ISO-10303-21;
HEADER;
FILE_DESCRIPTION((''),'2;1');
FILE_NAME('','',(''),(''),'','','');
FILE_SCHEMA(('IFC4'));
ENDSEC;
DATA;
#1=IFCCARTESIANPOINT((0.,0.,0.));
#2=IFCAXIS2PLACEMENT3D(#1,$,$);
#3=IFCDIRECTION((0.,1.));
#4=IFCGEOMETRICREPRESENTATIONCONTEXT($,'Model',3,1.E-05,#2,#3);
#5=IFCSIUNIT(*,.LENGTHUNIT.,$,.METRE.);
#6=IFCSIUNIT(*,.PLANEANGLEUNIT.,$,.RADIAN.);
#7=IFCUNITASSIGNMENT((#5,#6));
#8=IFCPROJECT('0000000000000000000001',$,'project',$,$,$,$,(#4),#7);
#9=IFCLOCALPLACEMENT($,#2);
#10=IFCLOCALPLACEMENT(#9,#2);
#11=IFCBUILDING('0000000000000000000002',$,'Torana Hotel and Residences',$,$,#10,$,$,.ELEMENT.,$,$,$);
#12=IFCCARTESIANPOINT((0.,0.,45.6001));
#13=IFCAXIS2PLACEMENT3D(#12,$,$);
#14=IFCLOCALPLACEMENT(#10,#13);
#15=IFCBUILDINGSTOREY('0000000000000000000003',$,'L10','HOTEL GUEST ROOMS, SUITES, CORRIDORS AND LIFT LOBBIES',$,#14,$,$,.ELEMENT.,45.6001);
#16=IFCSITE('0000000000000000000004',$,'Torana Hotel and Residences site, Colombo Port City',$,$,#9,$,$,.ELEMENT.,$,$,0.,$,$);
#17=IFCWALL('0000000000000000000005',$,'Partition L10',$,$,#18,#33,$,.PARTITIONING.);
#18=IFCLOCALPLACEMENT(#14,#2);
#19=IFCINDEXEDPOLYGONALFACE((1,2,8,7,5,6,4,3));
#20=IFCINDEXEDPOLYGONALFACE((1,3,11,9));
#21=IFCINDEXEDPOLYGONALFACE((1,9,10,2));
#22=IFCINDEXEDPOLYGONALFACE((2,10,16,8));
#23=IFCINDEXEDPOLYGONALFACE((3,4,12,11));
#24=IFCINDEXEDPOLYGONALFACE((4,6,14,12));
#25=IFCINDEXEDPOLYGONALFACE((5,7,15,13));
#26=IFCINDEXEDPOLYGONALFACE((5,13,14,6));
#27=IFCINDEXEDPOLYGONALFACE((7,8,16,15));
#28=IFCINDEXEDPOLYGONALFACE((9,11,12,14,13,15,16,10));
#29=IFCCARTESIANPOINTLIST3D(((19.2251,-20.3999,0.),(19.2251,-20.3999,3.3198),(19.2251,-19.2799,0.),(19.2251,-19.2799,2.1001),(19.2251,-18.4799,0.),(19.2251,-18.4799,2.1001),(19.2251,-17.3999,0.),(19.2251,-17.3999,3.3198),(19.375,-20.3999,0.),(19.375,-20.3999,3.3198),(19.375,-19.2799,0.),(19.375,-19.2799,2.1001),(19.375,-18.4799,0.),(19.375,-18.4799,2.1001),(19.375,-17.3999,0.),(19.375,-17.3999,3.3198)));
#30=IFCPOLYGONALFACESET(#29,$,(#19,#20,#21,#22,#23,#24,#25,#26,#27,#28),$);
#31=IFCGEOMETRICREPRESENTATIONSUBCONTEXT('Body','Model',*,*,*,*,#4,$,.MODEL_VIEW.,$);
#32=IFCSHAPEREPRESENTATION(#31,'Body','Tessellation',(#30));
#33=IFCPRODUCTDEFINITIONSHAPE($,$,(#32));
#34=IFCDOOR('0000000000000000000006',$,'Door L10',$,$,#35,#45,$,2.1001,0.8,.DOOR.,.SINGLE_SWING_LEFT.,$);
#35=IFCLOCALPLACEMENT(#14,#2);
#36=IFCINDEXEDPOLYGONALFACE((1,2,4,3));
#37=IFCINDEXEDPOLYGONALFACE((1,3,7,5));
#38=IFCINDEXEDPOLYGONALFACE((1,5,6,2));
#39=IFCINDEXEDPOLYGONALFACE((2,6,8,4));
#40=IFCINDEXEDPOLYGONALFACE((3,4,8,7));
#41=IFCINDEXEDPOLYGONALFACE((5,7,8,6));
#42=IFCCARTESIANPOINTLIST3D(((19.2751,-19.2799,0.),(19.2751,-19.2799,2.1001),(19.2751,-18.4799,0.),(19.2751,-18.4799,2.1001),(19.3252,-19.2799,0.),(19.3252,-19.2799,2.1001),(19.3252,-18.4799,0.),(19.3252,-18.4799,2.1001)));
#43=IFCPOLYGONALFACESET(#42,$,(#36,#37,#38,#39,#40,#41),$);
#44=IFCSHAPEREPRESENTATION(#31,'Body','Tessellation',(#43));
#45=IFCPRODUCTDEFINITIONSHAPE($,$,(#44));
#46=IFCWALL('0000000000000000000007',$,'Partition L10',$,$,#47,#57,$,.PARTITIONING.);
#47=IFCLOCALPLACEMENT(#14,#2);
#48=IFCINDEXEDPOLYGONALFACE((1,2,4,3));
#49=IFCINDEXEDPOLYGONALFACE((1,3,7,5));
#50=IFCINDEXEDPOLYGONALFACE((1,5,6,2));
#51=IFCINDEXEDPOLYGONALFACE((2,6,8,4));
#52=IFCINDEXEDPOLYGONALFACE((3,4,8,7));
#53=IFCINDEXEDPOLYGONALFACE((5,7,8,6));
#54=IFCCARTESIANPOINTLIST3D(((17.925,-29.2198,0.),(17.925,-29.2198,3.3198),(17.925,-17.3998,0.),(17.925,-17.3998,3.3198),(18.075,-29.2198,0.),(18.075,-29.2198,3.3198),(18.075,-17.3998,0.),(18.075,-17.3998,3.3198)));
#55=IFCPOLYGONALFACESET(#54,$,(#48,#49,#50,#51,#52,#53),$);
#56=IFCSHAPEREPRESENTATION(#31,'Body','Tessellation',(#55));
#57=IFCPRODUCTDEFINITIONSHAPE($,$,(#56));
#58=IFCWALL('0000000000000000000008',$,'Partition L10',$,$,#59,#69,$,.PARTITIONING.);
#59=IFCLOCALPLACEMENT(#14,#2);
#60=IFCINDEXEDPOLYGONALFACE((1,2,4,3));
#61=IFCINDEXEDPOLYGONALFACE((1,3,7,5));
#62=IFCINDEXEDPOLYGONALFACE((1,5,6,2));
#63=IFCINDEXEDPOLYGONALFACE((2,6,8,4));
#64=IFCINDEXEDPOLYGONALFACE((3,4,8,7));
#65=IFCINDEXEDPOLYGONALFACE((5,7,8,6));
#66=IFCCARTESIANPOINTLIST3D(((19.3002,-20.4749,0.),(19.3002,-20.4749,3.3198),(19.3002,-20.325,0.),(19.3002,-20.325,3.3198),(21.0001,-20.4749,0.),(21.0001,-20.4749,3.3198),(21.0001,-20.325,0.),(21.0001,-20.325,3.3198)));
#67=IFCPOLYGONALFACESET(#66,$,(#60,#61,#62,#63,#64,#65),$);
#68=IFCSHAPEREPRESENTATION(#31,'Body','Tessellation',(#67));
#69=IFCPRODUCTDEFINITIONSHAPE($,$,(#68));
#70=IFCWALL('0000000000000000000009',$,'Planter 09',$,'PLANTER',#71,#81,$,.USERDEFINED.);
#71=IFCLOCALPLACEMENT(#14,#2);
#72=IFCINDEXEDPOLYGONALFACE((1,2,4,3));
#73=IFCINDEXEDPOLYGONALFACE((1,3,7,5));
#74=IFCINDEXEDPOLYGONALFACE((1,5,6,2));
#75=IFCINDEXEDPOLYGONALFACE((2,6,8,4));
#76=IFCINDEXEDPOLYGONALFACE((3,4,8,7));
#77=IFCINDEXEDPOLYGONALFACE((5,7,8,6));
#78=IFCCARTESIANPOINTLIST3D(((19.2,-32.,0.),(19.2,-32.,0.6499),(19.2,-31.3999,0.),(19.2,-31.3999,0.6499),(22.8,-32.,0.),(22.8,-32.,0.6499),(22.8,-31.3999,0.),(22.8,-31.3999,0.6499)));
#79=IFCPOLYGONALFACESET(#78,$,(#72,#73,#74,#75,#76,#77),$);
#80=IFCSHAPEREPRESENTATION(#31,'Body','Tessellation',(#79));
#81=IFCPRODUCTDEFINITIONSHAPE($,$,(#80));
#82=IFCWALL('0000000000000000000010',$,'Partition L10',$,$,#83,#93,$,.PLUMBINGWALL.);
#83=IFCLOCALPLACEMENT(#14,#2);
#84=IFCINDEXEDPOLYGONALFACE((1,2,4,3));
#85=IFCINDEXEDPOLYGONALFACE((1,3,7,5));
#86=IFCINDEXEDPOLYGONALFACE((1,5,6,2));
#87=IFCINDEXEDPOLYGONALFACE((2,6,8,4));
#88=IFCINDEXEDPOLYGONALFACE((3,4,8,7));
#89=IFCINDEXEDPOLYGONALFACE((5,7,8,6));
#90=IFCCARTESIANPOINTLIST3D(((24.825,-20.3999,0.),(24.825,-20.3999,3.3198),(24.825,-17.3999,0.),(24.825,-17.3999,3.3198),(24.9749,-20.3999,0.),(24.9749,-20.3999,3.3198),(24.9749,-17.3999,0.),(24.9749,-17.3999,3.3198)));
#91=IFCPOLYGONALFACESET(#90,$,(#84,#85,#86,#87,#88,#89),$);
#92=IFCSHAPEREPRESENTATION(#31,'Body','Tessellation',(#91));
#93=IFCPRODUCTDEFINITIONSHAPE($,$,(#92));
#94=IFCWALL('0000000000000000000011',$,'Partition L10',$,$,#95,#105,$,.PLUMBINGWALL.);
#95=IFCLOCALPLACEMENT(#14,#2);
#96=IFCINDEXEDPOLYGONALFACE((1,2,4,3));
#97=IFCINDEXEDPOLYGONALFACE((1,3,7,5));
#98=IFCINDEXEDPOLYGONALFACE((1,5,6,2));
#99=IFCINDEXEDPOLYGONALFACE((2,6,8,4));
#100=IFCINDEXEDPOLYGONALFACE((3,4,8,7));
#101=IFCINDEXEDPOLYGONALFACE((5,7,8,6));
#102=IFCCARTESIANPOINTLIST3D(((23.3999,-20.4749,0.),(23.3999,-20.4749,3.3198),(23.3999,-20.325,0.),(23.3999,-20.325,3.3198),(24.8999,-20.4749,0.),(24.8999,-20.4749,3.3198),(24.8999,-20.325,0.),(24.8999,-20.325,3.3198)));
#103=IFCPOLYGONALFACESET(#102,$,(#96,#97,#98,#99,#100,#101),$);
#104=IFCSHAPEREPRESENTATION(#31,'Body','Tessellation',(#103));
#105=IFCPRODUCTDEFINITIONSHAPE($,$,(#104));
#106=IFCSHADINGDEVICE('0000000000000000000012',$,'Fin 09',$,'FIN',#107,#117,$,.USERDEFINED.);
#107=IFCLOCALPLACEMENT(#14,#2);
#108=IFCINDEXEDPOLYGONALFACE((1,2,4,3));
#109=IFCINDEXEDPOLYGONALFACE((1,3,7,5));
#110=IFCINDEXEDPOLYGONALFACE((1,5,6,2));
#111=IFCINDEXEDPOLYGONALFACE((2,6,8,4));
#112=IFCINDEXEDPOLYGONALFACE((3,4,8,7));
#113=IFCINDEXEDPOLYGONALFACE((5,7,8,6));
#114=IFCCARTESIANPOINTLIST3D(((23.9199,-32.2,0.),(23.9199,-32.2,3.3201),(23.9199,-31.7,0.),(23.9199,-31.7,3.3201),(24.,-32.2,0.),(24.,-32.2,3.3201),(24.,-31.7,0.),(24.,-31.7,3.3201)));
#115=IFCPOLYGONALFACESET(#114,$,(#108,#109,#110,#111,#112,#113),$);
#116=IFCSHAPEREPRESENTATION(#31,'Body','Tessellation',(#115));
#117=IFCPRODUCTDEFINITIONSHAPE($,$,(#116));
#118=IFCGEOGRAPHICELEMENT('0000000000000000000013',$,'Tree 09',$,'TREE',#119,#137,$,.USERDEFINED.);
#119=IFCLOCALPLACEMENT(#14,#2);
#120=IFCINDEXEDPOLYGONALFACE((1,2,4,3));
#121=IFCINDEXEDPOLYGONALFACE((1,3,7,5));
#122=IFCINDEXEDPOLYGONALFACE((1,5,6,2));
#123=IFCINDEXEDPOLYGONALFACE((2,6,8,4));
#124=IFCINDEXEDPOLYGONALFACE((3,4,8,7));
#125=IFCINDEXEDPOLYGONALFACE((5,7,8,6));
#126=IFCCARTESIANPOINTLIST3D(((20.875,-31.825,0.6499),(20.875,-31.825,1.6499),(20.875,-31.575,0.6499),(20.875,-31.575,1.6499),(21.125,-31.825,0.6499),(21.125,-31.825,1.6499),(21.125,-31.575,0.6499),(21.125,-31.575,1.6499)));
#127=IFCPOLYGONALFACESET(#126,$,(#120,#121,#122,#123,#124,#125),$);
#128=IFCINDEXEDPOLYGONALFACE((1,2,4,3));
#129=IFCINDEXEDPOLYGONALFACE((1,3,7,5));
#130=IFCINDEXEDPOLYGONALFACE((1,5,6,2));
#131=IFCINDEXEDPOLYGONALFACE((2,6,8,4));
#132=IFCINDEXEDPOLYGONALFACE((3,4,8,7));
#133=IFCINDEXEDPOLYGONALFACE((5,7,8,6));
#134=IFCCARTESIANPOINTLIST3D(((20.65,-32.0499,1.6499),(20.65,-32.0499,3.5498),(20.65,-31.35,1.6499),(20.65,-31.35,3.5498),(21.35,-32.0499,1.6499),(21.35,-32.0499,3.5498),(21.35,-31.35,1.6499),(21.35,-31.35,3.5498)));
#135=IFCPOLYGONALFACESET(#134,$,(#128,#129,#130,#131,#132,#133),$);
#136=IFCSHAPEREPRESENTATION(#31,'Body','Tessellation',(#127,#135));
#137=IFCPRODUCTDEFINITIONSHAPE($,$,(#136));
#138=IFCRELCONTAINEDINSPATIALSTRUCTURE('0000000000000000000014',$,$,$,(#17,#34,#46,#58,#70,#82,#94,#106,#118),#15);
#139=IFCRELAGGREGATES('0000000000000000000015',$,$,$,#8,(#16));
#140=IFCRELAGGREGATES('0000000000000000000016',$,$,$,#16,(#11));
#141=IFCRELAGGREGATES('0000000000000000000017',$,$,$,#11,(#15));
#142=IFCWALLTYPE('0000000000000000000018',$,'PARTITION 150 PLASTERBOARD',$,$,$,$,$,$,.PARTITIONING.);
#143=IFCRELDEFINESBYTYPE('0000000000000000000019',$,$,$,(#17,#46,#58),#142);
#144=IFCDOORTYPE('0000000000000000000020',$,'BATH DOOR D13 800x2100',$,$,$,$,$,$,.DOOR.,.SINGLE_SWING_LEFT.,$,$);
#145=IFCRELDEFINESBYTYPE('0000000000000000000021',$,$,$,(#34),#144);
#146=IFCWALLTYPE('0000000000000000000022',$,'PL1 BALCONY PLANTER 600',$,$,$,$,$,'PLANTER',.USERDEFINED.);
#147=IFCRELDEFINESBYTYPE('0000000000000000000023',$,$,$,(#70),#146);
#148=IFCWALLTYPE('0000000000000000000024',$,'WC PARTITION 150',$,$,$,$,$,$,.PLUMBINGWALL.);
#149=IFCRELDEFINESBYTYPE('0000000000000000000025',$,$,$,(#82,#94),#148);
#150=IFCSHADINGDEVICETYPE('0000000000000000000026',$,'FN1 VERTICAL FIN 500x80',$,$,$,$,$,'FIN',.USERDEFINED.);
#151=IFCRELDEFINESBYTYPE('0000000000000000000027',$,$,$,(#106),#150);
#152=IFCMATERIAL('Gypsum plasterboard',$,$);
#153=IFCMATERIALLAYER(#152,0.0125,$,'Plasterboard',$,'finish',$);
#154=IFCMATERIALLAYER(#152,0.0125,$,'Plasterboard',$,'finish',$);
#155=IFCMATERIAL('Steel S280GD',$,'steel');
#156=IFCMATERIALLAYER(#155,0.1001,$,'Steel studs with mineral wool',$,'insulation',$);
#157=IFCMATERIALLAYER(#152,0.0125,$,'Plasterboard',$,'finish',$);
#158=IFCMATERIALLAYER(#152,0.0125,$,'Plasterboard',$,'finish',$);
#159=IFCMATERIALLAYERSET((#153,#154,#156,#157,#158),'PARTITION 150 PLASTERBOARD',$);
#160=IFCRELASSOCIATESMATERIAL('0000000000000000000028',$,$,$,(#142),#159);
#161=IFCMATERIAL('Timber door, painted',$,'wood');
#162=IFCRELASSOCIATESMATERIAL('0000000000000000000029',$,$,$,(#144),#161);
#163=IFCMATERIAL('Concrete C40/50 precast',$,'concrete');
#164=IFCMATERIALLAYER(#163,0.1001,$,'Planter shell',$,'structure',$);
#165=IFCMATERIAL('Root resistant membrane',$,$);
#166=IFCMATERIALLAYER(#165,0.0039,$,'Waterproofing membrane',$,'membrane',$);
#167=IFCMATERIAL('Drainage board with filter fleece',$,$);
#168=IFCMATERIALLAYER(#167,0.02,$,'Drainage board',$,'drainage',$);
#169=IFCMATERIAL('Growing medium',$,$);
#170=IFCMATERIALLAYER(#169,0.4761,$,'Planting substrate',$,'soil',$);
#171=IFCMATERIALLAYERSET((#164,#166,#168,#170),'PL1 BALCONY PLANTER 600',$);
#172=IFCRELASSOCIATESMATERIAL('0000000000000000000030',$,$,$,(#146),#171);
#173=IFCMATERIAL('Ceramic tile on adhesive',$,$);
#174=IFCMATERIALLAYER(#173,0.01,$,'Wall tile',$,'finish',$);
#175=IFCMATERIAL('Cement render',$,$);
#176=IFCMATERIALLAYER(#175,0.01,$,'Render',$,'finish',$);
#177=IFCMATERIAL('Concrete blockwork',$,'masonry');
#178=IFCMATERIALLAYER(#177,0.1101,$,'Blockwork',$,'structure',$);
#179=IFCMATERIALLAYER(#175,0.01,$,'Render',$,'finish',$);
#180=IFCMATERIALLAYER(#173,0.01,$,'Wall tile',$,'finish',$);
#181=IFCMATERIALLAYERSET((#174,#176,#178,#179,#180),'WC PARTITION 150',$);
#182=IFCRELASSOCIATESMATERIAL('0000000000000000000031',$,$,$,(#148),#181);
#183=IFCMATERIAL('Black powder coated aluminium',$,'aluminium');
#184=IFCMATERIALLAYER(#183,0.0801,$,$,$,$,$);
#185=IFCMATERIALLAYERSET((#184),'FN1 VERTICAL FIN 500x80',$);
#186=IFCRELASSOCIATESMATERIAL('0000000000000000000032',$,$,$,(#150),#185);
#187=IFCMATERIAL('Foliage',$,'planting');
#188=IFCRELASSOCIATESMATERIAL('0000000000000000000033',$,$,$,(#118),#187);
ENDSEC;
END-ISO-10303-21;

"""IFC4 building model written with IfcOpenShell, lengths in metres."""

from ifc_helpers import new_model, si_unit, direction, frame, frame_2d, origin, origin_2d, place, context, subcontext, project, spatial, rectangle, extrude, material, layer, layer_set, type_object, element, fill, save


model = new_model("IFC4")

# Units and contexts
model_context = context("Model", 3, precision=1e-05, world=origin(), true_north=direction((0.0, 1.0)))
body_context = subcontext(model_context, "Body", "Model", "MODEL_VIEW")
ifc_project = project(units=[si_unit("LENGTHUNIT", "METRE"), si_unit("PLANEANGLEUNIT", "RADIAN")], contexts=[model_context])

# Site, building, storey
site_placement = place(None, origin())
site = spatial("IfcSite", under=ifc_project, at=site_placement, Name="Torana Hotel and Residences site, Colombo Port City", CompositionType="ELEMENT", RefElevation=0.0)
building_placement = place(site_placement, origin())
building = spatial("IfcBuilding", under=site, at=building_placement, Name="Torana Hotel and Residences", CompositionType="ELEMENT")
storey_placement = place(building_placement, frame((0.0, 0.0, 45.6001)))
storey = spatial("IfcBuildingStorey", under=building, at=storey_placement, Name="L10", Description="HOTEL GUEST ROOMS, SUITES, CORRIDORS AND LIFT LOBBIES", CompositionType="ELEMENT", Elevation=45.6001)

# Shared definitions
ifc_material_1 = material(Name="Concrete blockwork", Category="masonry")

# Shared definitions
ifc_material_2 = material(Name="Gypsum plasterboard")
ifc_layer_1 = layer(ifc_material_2, 0.0125, Name="Plasterboard", Category="finish")
ifc_layer_2 = layer(ifc_material_2, 0.0125, Name="Plasterboard", Category="finish")
ifc_material_3 = material(Name="Steel S280GD", Category="steel")
ifc_layer_3 = layer(ifc_material_3, 0.1001, Name="Steel studs with mineral wool", Category="insulation")
ifc_layer_4 = layer(ifc_material_2, 0.0125, Name="Plasterboard", Category="finish")
ifc_layer_5 = layer(ifc_material_2, 0.0125, Name="Plasterboard", Category="finish")
ifc_layer_set_1 = layer_set([ifc_layer_1, ifc_layer_2, ifc_layer_3, ifc_layer_4, ifc_layer_5], Name="PARTITION 150 PLASTERBOARD")
wall_type_1 = type_object("IfcWallType", Name="PARTITION 150 PLASTERBOARD", PredefinedType="PARTITIONING", material=ifc_layer_set_1)

# Wall, opening, door
wall_1_placement = place(storey_placement, frame((19.3, -20.3999, 0.0), z_axis=(0.0, 0.0, 1.0), x_axis=(0.0, 1.0, 0.0)))
wall_1 = element("IfcWall", 1, at=wall_1_placement, inside=storey, type_object=wall_type_1, Name="Partition L10", PredefinedType="PARTITIONING", context=body_context, shape_type="SweptSolid", body=[
    extrude(rectangle(XDim=3.0, YDim=0.1499, at=frame_2d((1.5, 0.0))), origin(), (0.0, 0.0, 1.0), 3.3198),
])
opening_1_placement = place(wall_1_placement, frame((1.1201, 0.0, 0.0)))
opening_1 = element("IfcOpeningElement", 2, at=opening_1_placement, cuts=wall_1, PredefinedType="OPENING", context=body_context, shape_type="SweptSolid", body=[
    extrude(rectangle(XDim=0.8, YDim=2.1001, at=frame_2d((0.3999, 1.05))), frame((0.0, 0.085, 0.0), z_axis=(0.0, -1.0, 0.0), x_axis=(1.0, 0.0, 0.0)), (0.0, 0.0, 1.0), 0.1699),
])
ifc_material_4 = material(Name="Timber door, painted", Category="wood")
door_type_1 = type_object("IfcDoorType", Name="BATH DOOR D13 800x2100", OperationType="SINGLE_SWING_LEFT", PredefinedType="DOOR", material=ifc_material_4)
door_1_placement = place(opening_1_placement, origin())
door_1 = element("IfcDoor", 3, at=door_1_placement, inside=storey, type_object=door_type_1, Name="Door L10", OperationType="SINGLE_SWING_LEFT", OverallHeight=2.1001, OverallWidth=0.8, PredefinedType="DOOR", context=body_context, shape_type="SweptSolid", body=[
    extrude(rectangle(XDim=0.8, YDim=2.1001, at=frame_2d((0.3999, 1.05))), frame((0.0, 0.0249, 0.0), z_axis=(0.0, -1.0, 0.0), x_axis=(1.0, 0.0, 0.0)), (0.0, 0.0, 1.0), 0.05),
])
fill(opening_1, door_1)

# Walls
wall_2_placement = place(storey_placement, frame((18.0, -29.22, 0.0), z_axis=(0.0, 0.0, 1.0), x_axis=(0.0, 1.0, 0.0)))
element("IfcWall", 4, at=wall_2_placement, inside=storey, type_object=wall_type_1, Name="Partition L10", PredefinedType="PARTITIONING", context=body_context, shape_type="SweptSolid", body=[
    extrude(rectangle(XDim=11.8201, YDim=0.1499, at=frame_2d((5.9102, 0.0))), origin(), (0.0, 0.0, 1.0), 3.3198),
])
wall_3_placement = place(storey_placement, frame((19.3, -20.3999, 0.0), z_axis=(0.0, 0.0, 1.0), x_axis=(1.0, 0.0, 0.0)))
element("IfcWall", 5, at=wall_3_placement, inside=storey, type_object=wall_type_1, Name="Partition L10", PredefinedType="PARTITIONING", context=body_context, shape_type="SweptSolid", body=[
    extrude(rectangle(XDim=1.7, YDim=0.1499, at=frame_2d((0.8501, 0.0))), origin(), (0.0, 0.0, 1.0), 3.3198),
])
ifc_material_5 = material(Name="Concrete C40/50 precast", Category="concrete")
ifc_layer_6 = layer(ifc_material_5, 0.1001, Name="Planter shell", Category="structure")
ifc_material_6 = material(Name="Root resistant membrane")
ifc_layer_7 = layer(ifc_material_6, 0.0039, Name="Waterproofing membrane", Category="membrane")
ifc_material_7 = material(Name="Drainage board with filter fleece")
ifc_layer_8 = layer(ifc_material_7, 0.02, Name="Drainage board", Category="drainage")
ifc_material_8 = material(Name="Growing medium")
ifc_layer_9 = layer(ifc_material_8, 0.4761, Name="Planting substrate", Category="soil")
ifc_layer_set_2 = layer_set([ifc_layer_6, ifc_layer_7, ifc_layer_8, ifc_layer_9], Name="PL1 BALCONY PLANTER 600")
wall_type_2 = type_object("IfcWallType", Name="PL1 BALCONY PLANTER 600", ElementType="PLANTER", PredefinedType="USERDEFINED", material=ifc_layer_set_2)
wall_4_placement = place(storey_placement, frame((22.8, -31.7, 0.0), z_axis=(0.0, 0.0, 1.0), x_axis=(-1.0, 0.0, 0.0)))
element("IfcWall", 6, at=wall_4_placement, inside=storey, type_object=wall_type_2, Name="Planter 09", ObjectType="PLANTER", PredefinedType="USERDEFINED", context=body_context, shape_type="SweptSolid", body=[
    extrude(rectangle(XDim=3.6001, YDim=0.6001, at=frame_2d((1.8, 0.0))), origin(), (0.0, 0.0, 1.0), 0.6499),
])
ifc_material_9 = material(Name="Ceramic tile on adhesive")
ifc_layer_10 = layer(ifc_material_9, 0.01, Name="Wall tile", Category="finish")
ifc_material_10 = material(Name="Cement render")
ifc_layer_11 = layer(ifc_material_10, 0.01, Name="Render", Category="finish")
ifc_layer_12 = layer(ifc_material_1, 0.1101, Name="Blockwork", Category="structure")
ifc_layer_13 = layer(ifc_material_10, 0.01, Name="Render", Category="finish")
ifc_layer_14 = layer(ifc_material_9, 0.01, Name="Wall tile", Category="finish")
ifc_layer_set_3 = layer_set([ifc_layer_10, ifc_layer_11, ifc_layer_12, ifc_layer_13, ifc_layer_14], Name="WC PARTITION 150")
wall_type_3 = type_object("IfcWallType", Name="WC PARTITION 150", PredefinedType="PLUMBINGWALL", material=ifc_layer_set_3)
wall_5_placement = place(storey_placement, frame((24.8999, -20.3999, 0.0), z_axis=(0.0, 0.0, 1.0), x_axis=(0.0, 1.0, 0.0)))
element("IfcWall", 7, at=wall_5_placement, inside=storey, type_object=wall_type_3, Name="Partition L10", PredefinedType="PLUMBINGWALL", context=body_context, shape_type="SweptSolid", body=[
    extrude(rectangle(XDim=3.0, YDim=0.1499, at=frame_2d((1.5, 0.0))), origin(), (0.0, 0.0, 1.0), 3.3198),
])
wall_6_placement = place(storey_placement, frame((23.3999, -20.3999, 0.0), z_axis=(0.0, 0.0, 1.0), x_axis=(1.0, 0.0, 0.0)))
element("IfcWall", 8, at=wall_6_placement, inside=storey, type_object=wall_type_3, Name="Partition L10", PredefinedType="PLUMBINGWALL", context=body_context, shape_type="SweptSolid", body=[
    extrude(rectangle(XDim=1.5, YDim=0.1499, at=frame_2d((0.75, 0.0))), origin(), (0.0, 0.0, 1.0), 3.3198),
])

# Shading device
ifc_material_11 = material(Name="Black powder coated aluminium", Category="aluminium")
ifc_layer_15 = layer(ifc_material_11, 0.0801)
ifc_layer_set_4 = layer_set([ifc_layer_15], Name="FN1 VERTICAL FIN 500x80")
shading_device_type = type_object("IfcShadingDeviceType", Name="FN1 VERTICAL FIN 500x80", ElementType="FIN", PredefinedType="USERDEFINED", material=ifc_layer_set_4)
shading_device_placement = place(storey_placement, frame((23.96, -31.95, 0.0), z_axis=(0.0, 0.0, 1.0), x_axis=(-1.0, 0.0, 0.0)))
element("IfcShadingDevice", 9, at=shading_device_placement, inside=storey, type_object=shading_device_type, Name="Fin 09", ObjectType="FIN", PredefinedType="USERDEFINED", context=body_context, shape_type="SweptSolid", body=[
    extrude(rectangle(XDim=0.0801, YDim=0.5, at=origin_2d()), origin(), (0.0, 0.0, 1.0), 3.3201),
])

# Geographic element
ifc_material_12 = material(Name="Foliage", Category="planting")
geographic_element_placement = place(storey_placement, frame((21.0, -31.7, 0.6499), z_axis=(0.0, 0.0, 1.0), x_axis=(1.0, 0.0, 0.0)))
element("IfcGeographicElement", 10, at=geographic_element_placement, inside=storey, material=ifc_material_12, Name="Tree 09", ObjectType="TREE", PredefinedType="USERDEFINED", context=body_context, shape_type="SweptSolid", body=[
    extrude(rectangle(XDim=0.25, YDim=0.25, at=origin_2d()), origin(), (0.0, 0.0, 1.0), 1.0),
    extrude(rectangle(XDim=0.7, YDim=0.7, at=origin_2d()), frame((0.0, 0.0, 1.0)), (0.0, 0.0, 1.0), 1.8999),
])

save(model, "model.ifc")
